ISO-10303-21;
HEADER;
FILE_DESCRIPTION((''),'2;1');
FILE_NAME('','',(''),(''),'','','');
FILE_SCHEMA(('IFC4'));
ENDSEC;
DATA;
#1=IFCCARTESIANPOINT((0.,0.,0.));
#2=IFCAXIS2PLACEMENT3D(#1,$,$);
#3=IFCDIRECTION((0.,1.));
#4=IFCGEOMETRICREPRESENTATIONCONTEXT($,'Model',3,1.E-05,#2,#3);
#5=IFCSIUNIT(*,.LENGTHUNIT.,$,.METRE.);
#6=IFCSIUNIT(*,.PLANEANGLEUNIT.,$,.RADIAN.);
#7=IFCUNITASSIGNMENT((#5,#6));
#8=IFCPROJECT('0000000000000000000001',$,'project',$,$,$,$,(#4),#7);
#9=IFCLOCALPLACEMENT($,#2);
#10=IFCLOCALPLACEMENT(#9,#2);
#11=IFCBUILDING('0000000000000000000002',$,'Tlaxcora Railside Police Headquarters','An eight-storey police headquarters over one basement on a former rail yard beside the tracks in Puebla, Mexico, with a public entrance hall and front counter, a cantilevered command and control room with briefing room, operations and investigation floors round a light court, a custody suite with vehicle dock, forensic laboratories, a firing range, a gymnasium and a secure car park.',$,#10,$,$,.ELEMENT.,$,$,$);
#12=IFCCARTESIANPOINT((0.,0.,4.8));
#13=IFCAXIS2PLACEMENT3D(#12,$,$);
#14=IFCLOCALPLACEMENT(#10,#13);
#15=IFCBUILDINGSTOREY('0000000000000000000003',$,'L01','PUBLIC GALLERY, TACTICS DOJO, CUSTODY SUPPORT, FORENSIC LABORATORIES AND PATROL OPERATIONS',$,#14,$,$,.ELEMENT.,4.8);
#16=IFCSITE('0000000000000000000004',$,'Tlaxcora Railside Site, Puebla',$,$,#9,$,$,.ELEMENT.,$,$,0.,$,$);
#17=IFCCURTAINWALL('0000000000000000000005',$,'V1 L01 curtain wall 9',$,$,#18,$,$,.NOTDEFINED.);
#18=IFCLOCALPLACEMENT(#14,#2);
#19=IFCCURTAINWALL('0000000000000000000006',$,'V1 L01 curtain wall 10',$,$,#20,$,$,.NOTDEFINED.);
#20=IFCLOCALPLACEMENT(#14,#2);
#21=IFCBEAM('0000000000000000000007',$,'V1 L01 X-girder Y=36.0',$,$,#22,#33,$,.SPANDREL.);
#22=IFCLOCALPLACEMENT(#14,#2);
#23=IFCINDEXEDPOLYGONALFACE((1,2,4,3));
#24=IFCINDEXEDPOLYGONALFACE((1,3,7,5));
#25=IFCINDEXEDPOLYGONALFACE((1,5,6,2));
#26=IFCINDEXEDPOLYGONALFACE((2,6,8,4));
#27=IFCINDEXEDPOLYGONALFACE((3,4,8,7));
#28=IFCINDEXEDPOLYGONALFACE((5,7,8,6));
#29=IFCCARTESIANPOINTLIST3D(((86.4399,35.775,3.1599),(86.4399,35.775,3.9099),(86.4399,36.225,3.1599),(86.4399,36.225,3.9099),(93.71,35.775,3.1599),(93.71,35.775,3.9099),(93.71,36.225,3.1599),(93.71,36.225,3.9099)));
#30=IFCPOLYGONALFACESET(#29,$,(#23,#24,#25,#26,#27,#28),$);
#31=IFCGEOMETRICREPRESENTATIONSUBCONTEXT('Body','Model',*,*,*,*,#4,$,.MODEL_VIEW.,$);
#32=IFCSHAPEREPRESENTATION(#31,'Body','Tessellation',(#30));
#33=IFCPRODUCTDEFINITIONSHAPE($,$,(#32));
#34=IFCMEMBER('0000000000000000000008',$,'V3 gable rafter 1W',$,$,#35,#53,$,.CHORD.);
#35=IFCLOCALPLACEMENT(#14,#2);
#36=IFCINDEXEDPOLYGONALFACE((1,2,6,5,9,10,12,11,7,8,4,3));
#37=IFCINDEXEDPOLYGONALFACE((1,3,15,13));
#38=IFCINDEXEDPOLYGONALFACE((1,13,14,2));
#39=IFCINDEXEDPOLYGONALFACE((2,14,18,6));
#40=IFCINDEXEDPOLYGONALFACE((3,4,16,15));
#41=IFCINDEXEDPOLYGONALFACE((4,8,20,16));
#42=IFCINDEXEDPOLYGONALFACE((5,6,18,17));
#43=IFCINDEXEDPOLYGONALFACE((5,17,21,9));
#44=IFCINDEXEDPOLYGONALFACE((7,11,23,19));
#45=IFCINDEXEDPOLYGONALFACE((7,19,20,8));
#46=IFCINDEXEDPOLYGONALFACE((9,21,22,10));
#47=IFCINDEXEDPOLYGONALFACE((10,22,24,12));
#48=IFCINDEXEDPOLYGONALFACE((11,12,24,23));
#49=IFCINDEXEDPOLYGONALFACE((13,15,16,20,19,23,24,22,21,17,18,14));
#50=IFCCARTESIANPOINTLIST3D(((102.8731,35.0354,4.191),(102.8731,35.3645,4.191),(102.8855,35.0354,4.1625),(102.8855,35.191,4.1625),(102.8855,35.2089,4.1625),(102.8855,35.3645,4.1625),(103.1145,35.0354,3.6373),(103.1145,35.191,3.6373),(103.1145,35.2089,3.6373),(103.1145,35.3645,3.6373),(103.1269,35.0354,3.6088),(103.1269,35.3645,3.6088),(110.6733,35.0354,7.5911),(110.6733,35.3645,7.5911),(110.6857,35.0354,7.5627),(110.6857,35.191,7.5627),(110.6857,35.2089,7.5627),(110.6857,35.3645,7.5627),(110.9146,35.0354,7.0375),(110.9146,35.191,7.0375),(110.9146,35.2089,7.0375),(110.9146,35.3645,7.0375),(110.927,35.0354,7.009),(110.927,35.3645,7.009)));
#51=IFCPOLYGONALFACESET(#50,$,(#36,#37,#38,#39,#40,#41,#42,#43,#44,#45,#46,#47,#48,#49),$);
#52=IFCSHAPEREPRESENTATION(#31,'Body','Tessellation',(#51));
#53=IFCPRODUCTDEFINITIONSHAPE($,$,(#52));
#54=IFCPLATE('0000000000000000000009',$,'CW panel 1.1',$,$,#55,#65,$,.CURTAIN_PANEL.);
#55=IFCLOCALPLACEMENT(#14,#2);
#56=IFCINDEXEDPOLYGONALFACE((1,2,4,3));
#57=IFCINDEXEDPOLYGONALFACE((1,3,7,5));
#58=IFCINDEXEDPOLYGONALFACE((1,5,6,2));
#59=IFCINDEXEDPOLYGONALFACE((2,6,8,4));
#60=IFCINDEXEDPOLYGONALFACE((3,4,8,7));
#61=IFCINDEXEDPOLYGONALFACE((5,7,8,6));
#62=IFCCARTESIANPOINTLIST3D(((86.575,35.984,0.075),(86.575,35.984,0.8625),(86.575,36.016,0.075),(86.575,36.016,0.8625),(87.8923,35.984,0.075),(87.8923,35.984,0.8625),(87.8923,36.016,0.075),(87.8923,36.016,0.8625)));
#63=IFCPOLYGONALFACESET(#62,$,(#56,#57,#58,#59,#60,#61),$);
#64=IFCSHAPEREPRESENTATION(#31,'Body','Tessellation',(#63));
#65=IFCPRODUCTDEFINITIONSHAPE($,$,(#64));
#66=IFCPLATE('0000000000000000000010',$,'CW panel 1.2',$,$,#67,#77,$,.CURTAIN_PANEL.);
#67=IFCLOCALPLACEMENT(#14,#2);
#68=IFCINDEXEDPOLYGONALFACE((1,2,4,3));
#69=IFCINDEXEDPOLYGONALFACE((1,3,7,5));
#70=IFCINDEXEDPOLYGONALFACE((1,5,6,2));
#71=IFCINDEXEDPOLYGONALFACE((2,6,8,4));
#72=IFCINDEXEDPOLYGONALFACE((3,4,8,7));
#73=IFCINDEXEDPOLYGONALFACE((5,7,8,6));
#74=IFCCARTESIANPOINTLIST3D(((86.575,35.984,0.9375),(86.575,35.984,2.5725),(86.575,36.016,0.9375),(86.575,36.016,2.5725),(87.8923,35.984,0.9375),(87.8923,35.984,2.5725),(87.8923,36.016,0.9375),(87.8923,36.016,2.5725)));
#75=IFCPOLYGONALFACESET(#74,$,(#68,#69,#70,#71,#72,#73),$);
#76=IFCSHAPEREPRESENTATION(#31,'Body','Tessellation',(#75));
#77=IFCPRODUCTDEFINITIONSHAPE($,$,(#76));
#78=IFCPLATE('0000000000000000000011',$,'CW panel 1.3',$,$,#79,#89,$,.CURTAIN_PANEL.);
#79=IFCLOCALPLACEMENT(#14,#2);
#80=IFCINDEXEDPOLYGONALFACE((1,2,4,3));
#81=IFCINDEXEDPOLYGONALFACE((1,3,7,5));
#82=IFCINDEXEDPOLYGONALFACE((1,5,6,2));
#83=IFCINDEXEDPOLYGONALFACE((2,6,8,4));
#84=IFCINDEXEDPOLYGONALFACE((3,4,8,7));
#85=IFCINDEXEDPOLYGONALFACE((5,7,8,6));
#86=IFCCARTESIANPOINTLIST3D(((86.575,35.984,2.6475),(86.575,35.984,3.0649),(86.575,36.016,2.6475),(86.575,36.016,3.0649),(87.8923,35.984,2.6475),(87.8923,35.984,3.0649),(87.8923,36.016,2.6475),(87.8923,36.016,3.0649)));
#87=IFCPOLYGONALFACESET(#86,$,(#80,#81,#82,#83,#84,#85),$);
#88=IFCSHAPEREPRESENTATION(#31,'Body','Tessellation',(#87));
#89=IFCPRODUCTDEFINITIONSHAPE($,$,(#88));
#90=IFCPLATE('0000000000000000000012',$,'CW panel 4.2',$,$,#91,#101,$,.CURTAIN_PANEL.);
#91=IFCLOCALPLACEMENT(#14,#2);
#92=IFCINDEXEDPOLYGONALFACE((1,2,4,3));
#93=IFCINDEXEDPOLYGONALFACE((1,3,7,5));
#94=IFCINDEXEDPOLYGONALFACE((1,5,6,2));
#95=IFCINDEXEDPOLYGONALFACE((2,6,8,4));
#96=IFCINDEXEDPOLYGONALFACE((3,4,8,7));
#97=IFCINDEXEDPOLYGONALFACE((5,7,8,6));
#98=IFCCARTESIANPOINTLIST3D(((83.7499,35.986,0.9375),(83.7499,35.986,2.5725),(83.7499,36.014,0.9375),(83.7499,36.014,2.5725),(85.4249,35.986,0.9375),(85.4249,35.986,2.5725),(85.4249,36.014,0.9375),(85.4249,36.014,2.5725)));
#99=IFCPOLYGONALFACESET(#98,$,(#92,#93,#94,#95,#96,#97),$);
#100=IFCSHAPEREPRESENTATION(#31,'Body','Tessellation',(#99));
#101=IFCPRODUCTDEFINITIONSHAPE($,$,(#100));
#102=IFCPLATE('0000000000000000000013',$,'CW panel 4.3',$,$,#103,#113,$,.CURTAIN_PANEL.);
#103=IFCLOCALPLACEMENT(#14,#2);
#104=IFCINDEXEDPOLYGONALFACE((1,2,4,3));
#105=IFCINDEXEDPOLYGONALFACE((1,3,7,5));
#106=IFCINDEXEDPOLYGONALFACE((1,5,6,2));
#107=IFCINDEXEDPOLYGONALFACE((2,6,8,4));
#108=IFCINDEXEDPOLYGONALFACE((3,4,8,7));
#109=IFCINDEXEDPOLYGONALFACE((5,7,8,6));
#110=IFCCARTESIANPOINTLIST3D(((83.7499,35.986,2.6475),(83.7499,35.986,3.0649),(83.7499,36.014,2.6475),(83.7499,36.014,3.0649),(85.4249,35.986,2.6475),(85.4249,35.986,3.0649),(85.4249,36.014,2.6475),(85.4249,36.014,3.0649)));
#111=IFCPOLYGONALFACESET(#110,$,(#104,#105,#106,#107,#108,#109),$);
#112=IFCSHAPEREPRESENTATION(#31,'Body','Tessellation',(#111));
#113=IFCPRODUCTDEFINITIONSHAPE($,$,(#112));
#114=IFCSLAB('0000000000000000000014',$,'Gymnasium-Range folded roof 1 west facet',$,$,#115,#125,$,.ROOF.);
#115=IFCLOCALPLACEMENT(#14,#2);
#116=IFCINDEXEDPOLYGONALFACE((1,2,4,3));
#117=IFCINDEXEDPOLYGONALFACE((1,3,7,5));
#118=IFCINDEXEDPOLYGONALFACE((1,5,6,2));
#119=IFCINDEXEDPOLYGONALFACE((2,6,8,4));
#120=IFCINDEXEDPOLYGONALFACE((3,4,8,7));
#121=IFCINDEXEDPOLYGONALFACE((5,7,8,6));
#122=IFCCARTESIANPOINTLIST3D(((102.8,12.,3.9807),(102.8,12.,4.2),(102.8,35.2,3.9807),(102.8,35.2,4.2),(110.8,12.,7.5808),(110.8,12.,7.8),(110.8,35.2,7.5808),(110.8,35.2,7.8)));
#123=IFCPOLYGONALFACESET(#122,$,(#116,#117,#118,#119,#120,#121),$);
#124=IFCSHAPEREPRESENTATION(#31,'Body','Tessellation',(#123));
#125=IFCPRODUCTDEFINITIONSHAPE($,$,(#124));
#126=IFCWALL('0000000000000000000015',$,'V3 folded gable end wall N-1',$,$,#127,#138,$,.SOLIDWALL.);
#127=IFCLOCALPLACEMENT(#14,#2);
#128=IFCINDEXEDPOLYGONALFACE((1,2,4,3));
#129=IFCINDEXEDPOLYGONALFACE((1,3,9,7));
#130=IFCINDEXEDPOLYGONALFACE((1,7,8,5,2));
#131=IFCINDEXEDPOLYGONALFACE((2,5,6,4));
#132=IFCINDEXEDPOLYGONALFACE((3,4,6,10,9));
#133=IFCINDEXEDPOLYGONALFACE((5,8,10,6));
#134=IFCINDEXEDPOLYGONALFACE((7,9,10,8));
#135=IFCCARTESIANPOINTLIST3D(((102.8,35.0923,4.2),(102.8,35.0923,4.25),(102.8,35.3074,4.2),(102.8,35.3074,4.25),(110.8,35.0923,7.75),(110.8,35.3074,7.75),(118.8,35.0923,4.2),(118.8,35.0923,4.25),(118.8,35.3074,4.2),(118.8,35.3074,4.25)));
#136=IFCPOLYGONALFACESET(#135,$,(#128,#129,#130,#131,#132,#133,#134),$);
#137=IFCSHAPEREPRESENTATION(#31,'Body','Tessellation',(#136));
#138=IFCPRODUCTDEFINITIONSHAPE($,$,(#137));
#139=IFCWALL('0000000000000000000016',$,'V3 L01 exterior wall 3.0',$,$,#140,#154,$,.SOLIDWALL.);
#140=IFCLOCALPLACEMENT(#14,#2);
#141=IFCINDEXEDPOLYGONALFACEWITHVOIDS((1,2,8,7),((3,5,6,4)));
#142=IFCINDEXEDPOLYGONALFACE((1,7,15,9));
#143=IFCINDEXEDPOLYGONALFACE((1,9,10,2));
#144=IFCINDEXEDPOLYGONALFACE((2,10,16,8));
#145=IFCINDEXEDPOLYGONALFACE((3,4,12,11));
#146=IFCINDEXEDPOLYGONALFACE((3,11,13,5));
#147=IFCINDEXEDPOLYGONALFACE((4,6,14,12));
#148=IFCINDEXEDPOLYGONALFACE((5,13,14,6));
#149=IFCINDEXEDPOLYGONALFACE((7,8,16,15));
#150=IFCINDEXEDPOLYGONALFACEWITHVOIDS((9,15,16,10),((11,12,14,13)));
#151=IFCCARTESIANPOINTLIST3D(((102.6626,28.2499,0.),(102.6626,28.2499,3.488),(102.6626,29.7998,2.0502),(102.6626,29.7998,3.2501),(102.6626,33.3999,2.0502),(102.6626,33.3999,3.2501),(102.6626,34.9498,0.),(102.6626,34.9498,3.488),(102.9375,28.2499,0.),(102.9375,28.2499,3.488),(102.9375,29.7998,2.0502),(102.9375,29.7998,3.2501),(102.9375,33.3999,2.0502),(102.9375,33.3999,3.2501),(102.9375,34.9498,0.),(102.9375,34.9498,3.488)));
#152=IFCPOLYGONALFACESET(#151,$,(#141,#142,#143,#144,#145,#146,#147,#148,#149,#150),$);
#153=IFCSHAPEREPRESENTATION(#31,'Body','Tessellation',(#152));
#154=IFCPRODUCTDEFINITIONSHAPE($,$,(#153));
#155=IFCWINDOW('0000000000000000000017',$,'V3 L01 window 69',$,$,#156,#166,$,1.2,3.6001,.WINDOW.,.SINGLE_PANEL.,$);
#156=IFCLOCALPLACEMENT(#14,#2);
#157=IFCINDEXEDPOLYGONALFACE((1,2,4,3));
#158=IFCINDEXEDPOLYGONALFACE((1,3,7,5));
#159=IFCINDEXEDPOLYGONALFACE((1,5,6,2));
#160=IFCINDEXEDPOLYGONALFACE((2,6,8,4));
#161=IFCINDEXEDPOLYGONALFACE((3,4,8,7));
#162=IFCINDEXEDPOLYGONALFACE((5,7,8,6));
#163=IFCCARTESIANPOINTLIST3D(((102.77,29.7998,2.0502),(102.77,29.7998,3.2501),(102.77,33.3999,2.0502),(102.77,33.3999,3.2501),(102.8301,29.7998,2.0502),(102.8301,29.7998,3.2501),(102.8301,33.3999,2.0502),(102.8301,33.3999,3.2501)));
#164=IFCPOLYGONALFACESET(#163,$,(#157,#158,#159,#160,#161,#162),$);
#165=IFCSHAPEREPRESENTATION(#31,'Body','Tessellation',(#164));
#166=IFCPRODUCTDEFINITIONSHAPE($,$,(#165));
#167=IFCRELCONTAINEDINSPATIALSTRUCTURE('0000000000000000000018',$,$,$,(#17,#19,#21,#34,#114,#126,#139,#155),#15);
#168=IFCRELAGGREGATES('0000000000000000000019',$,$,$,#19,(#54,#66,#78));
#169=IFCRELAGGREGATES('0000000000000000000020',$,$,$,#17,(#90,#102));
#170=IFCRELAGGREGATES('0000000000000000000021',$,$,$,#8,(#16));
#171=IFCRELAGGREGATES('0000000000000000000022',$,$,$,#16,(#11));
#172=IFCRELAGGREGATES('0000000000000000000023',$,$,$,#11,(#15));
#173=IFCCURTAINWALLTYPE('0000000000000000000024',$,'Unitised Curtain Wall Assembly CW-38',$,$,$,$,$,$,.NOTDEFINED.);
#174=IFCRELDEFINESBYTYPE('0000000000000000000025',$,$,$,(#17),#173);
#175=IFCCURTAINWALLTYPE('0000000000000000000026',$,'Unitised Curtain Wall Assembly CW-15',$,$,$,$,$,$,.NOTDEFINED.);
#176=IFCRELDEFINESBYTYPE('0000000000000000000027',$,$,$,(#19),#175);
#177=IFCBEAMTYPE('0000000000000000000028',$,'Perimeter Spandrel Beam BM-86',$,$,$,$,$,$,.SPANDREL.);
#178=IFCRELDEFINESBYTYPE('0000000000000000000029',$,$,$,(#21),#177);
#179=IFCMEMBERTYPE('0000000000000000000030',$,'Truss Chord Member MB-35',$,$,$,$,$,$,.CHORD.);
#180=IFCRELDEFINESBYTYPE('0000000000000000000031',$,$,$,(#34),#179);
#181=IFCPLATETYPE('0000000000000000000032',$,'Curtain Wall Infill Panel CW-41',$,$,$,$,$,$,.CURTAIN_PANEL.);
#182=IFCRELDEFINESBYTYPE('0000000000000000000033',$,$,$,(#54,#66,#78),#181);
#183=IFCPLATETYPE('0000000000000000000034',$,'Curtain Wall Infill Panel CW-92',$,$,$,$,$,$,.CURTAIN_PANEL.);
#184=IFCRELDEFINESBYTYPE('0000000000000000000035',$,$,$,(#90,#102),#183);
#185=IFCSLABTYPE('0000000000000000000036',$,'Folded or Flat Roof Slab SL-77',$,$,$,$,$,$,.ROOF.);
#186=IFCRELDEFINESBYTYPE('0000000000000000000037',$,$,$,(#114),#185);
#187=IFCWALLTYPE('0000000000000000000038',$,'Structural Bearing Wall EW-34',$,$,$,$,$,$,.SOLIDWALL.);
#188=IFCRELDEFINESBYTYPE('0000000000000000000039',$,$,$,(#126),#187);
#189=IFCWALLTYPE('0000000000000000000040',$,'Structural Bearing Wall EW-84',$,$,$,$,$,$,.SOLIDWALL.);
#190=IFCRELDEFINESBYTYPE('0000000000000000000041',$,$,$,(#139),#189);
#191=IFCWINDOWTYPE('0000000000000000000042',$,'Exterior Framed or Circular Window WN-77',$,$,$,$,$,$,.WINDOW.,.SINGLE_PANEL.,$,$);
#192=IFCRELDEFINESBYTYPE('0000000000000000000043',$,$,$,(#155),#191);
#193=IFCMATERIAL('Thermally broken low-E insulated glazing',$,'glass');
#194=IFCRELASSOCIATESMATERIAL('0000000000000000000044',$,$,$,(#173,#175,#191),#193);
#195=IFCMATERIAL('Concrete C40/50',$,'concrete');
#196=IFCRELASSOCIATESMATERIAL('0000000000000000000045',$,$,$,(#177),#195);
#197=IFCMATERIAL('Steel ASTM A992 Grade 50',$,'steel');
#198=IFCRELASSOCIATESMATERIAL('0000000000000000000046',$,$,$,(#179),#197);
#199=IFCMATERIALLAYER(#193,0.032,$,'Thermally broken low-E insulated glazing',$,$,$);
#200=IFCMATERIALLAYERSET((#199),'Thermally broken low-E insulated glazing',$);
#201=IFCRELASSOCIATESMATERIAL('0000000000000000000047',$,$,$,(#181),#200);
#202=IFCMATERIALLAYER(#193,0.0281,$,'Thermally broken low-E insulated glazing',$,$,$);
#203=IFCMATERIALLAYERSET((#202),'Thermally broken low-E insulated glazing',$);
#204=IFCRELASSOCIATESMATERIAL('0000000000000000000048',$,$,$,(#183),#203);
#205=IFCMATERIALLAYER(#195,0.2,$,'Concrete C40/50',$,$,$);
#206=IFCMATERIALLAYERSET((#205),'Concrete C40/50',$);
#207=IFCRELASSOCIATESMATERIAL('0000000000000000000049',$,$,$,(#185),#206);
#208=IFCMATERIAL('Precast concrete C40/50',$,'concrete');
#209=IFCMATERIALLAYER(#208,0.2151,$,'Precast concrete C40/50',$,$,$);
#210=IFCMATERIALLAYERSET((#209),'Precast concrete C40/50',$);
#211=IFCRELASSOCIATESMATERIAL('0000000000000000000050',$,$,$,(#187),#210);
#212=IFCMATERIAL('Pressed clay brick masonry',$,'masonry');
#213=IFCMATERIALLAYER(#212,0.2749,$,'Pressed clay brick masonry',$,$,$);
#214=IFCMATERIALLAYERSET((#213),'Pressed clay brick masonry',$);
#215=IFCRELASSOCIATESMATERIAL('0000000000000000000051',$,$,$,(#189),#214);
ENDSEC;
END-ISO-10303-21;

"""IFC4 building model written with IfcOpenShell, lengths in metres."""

from ifc_helpers import new_model, si_unit, direction, frame, frame_2d, origin, origin_2d, place, context, subcontext, project, spatial, polyline, rectangle, i_section, outline, extrude, material, layer, layer_set, material_profile, profile_set, type_object, element, fill, aggregate, save


model = new_model("IFC4")

# Units and contexts
model_context = context("Model", 3, precision=1e-05, world=origin(), true_north=direction((0.0, 1.0)))
body_context = subcontext(model_context, "Body", "Model", "MODEL_VIEW")
ifc_project = project(units=[si_unit("LENGTHUNIT", "METRE"), si_unit("PLANEANGLEUNIT", "RADIAN")], contexts=[model_context])

# Site, building, storey
site_placement = place(None, origin())
site = spatial("IfcSite", under=ifc_project, at=site_placement, Name="Tlaxcora Railside Site, Puebla", CompositionType="ELEMENT", RefElevation=0.0)
building_placement = place(site_placement, origin())
building = spatial("IfcBuilding", under=site, at=building_placement, Name="Tlaxcora Railside Police Headquarters", Description="An eight-storey police headquarters over one basement on a former rail yard beside the tracks in Puebla, Mexico, with a public entrance hall and front counter, a cantilevered command and control room with briefing room, operations and investigation floors round a light court, a custody suite with vehicle dock, forensic laboratories, a firing range, a gymnasium and a secure car park.", CompositionType="ELEMENT")
storey_placement = place(building_placement, frame((0.0, 0.0, 4.8)))
storey = spatial("IfcBuildingStorey", under=building, at=storey_placement, Name="L01", Description="PUBLIC GALLERY, TACTICS DOJO, CUSTODY SUPPORT, FORENSIC LABORATORIES AND PATROL OPERATIONS", CompositionType="ELEMENT", Elevation=4.8)

# Shared definitions
ifc_material_1 = material(Name="Concrete C40/50", Category="concrete")

# Curtain wall
ifc_material_2 = material(Name="Thermally broken low-E insulated glazing", Category="glass")
curtain_wall_type_1 = type_object("IfcCurtainWallType", Name="Unitised Curtain Wall Assembly CW-38", PredefinedType="NOTDEFINED", material=ifc_material_2)
curtain_wall_1_placement = place(storey_placement, origin())
curtain_wall_1 = element("IfcCurtainWall", 1, at=curtain_wall_1_placement, inside=storey, type_object=curtain_wall_type_1, Name="V1 L01 curtain wall 9", PredefinedType="NOTDEFINED")

# Curtain wall
curtain_wall_type_2 = type_object("IfcCurtainWallType", Name="Unitised Curtain Wall Assembly CW-15", PredefinedType="NOTDEFINED", material=ifc_material_2)
curtain_wall_2_placement = place(storey_placement, origin())
curtain_wall_2 = element("IfcCurtainWall", 2, at=curtain_wall_2_placement, inside=storey, type_object=curtain_wall_type_2, Name="V1 L01 curtain wall 10", PredefinedType="NOTDEFINED")

# Beam
ifc_material_3 = material(Name="Steel ASTM A992 Grade 50", Category="steel")
ifc_material_profile_1 = material_profile(ifc_material_1, rectangle(XDim=0.45, YDim=0.75, at=origin_2d()), Name="RC450X750")
ifc_profile_set_1 = profile_set([ifc_material_profile_1], Name="Concrete C40/50")
beam_type_1 = type_object("IfcBeamType", Name="Perimeter Spandrel Beam BM-86", PredefinedType="SPANDREL", material=ifc_profile_set_1)
beam_1_placement = place(storey_placement, frame((86.4399, 36.0, 3.5349), z_axis=(1.0, 0.0, 0.0), x_axis=(0.0, 1.0, 0.0)))
element("IfcBeam", 3, at=beam_1_placement, inside=storey, type_object=beam_type_1, Name="V1 L01 X-girder Y=36.0", PredefinedType="SPANDREL", context=body_context, shape_type="SweptSolid", body=[
    extrude(rectangle(XDim=0.45, YDim=0.75, at=origin_2d()), origin(), (0.0, 0.0, 1.0), 7.27),
])

# Member
ifc_material_profile_2 = material_profile(ifc_material_3, i_section(OverallWidth=0.3291, OverallDepth=0.635, WebThickness=0.0178, FlangeThickness=0.031, at=origin_2d()), Name="W24X162")
ifc_profile_set_2 = profile_set([ifc_material_profile_2], Name="Steel ASTM A992 Grade 50")
member_type_1 = type_object("IfcMemberType", Name="Truss Chord Member MB-35", PredefinedType="CHORD", material=ifc_profile_set_2)
member_1_placement = place(storey_placement, frame((103.0, 35.2, 3.8999), z_axis=(0.916691, 0.0, 0.399598), x_axis=(0.0, 1.0, 0.0)))
element("IfcMember", 4, at=member_1_placement, inside=storey, type_object=member_type_1, Name="V3 gable rafter 1W", PredefinedType="CHORD", context=body_context, shape_type="SweptSolid", body=[
    extrude(i_section(OverallWidth=0.3291, OverallDepth=0.635, WebThickness=0.0178, FlangeThickness=0.031, at=origin_2d()), origin(), (0.0, 0.0, 1.0), 8.509),
])

# Plates
ifc_layer_1 = layer(ifc_material_2, 0.032, Name="Thermally broken low-E insulated glazing")
ifc_layer_set_1 = layer_set([ifc_layer_1], Name="Thermally broken low-E insulated glazing")
plate_type_1 = type_object("IfcPlateType", Name="Curtain Wall Infill Panel CW-41", PredefinedType="CURTAIN_PANEL", material=ifc_layer_set_1)
plate_1_placement = place(storey_placement, frame((87.2336, 36.0, 0.075), z_axis=(0.0, 0.0, 1.0), x_axis=(1.0, 0.0, 0.0)))
plate_1 = element("IfcPlate", 5, at=plate_1_placement, type_object=plate_type_1, Name="CW panel 1.1", PredefinedType="CURTAIN_PANEL", context=body_context, shape_type="SweptSolid", body=[
    extrude(rectangle(XDim=1.3174, YDim=0.032, at=origin_2d()), origin(), (0.0, 0.0, 1.0), 0.7876),
])
plate_2_placement = place(storey_placement, frame((87.2336, 36.0, 0.9375), z_axis=(0.0, 0.0, 1.0), x_axis=(1.0, 0.0, 0.0)))
plate_2 = element("IfcPlate", 6, at=plate_2_placement, type_object=plate_type_1, Name="CW panel 1.2", PredefinedType="CURTAIN_PANEL", context=body_context, shape_type="SweptSolid", body=[
    extrude(rectangle(XDim=1.3174, YDim=0.032, at=origin_2d()), origin(), (0.0, 0.0, 1.0), 1.635),
])
plate_3_placement = place(storey_placement, frame((87.2336, 36.0, 2.6475), z_axis=(0.0, 0.0, 1.0), x_axis=(1.0, 0.0, 0.0)))
plate_3 = element("IfcPlate", 7, at=plate_3_placement, type_object=plate_type_1, Name="CW panel 1.3", PredefinedType="CURTAIN_PANEL", context=body_context, shape_type="SweptSolid", body=[
    extrude(rectangle(XDim=1.3174, YDim=0.032, at=origin_2d()), origin(), (0.0, 0.0, 1.0), 0.4175),
])
aggregate(curtain_wall_2, [plate_1, plate_2, plate_3])
ifc_layer_2 = layer(ifc_material_2, 0.0281, Name="Thermally broken low-E insulated glazing")
ifc_layer_set_2 = layer_set([ifc_layer_2], Name="Thermally broken low-E insulated glazing")
plate_type_2 = type_object("IfcPlateType", Name="Curtain Wall Infill Panel CW-92", PredefinedType="CURTAIN_PANEL", material=ifc_layer_set_2)
plate_4_placement = place(storey_placement, frame((84.5874, 36.0, 0.9375), z_axis=(0.0, 0.0, 1.0), x_axis=(1.0, 0.0, 0.0)))
plate_4 = element("IfcPlate", 8, at=plate_4_placement, type_object=plate_type_2, Name="CW panel 4.2", PredefinedType="CURTAIN_PANEL", context=body_context, shape_type="SweptSolid", body=[
    extrude(rectangle(XDim=1.675, YDim=0.0281, at=origin_2d()), origin(), (0.0, 0.0, 1.0), 1.635),
])
plate_5_placement = place(storey_placement, frame((84.5874, 36.0, 2.6475), z_axis=(0.0, 0.0, 1.0), x_axis=(1.0, 0.0, 0.0)))
plate_5 = element("IfcPlate", 9, at=plate_5_placement, type_object=plate_type_2, Name="CW panel 4.3", PredefinedType="CURTAIN_PANEL", context=body_context, shape_type="SweptSolid", body=[
    extrude(rectangle(XDim=1.675, YDim=0.0281, at=origin_2d()), origin(), (0.0, 0.0, 1.0), 0.4175),
])
aggregate(curtain_wall_1, [plate_4, plate_5])

# Slab
ifc_layer_3 = layer(ifc_material_1, 0.2, Name="Concrete C40/50")
ifc_layer_set_3 = layer_set([ifc_layer_3], Name="Concrete C40/50")
slab_type = type_object("IfcSlabType", Name="Folded or Flat Roof Slab SL-77", PredefinedType="ROOF", material=ifc_layer_set_3)
slab_placement = place(storey_placement, frame((102.8, 35.2, 0.0), z_axis=(0.0, -1.0, 0.0), x_axis=(1.0, 0.0, 0.0)))
element("IfcSlab", 10, at=slab_placement, inside=storey, type_object=slab_type, Name="Gymnasium-Range folded roof 1 west facet", PredefinedType="ROOF", context=body_context, shape_type="SweptSolid", body=[
    extrude(outline(polyline([(0.0, 3.9807), (8.0, 7.5808), (8.0, 7.8), (0.0, 4.2), (0.0, 3.9807)])), origin(), (0.0, 0.0, 1.0), 23.2),
])

# Wall
ifc_material_4 = material(Name="Precast concrete C40/50", Category="concrete")
ifc_layer_4 = layer(ifc_material_4, 0.2151, Name="Precast concrete C40/50")
ifc_layer_set_4 = layer_set([ifc_layer_4], Name="Precast concrete C40/50")
wall_type_1 = type_object("IfcWallType", Name="Structural Bearing Wall EW-34", PredefinedType="SOLIDWALL", material=ifc_layer_set_4)
wall_1_placement = place(storey_placement, frame((102.8, 35.2, 4.2), z_axis=(0.0, 0.0, 1.0), x_axis=(1.0, 0.0, 0.0)))
element("IfcWall", 11, at=wall_1_placement, inside=storey, type_object=wall_type_1, Name="V3 folded gable end wall N-1", PredefinedType="SOLIDWALL", context=body_context, shape_type="SweptSolid", body=[
    extrude(outline(polyline([(0.0, 0.0), (16.0, 0.0), (16.0, 0.05), (8.0, 3.55), (0.0, 0.05), (0.0, 0.0)])), frame((0.0, 0.1074, 0.0), z_axis=(0.0, -1.0, 0.0), x_axis=(1.0, 0.0, 0.0)), (0.0, 0.0, 1.0), 0.2151),
])

# Wall, opening, window
ifc_material_5 = material(Name="Pressed clay brick masonry", Category="masonry")
ifc_layer_5 = layer(ifc_material_5, 0.2749, Name="Pressed clay brick masonry")
ifc_layer_set_5 = layer_set([ifc_layer_5], Name="Pressed clay brick masonry")
wall_type_2 = type_object("IfcWallType", Name="Structural Bearing Wall EW-84", PredefinedType="SOLIDWALL", material=ifc_layer_set_5)
wall_2_placement = place(storey_placement, frame((102.8, 34.95, 0.0), z_axis=(0.0, 0.0, 1.0), x_axis=(0.0, -1.0, 0.0)))
wall_2 = element("IfcWall", 12, at=wall_2_placement, inside=storey, type_object=wall_type_2, Name="V3 L01 exterior wall 3.0", PredefinedType="SOLIDWALL", context=body_context, shape_type="SweptSolid", body=[
    extrude(rectangle(XDim=6.7, YDim=0.2749, at=frame_2d((3.3501, 0.0))), origin(), (0.0, 0.0, 1.0), 3.488),
])
opening_placement = place(wall_2_placement, frame((1.55, 0.0, 2.05)))
opening = element("IfcOpeningElement", 13, at=opening_placement, cuts=wall_2, PredefinedType="OPENING", context=body_context, shape_type="SweptSolid", body=[
    extrude(rectangle(XDim=3.6001, YDim=1.2, at=frame_2d((1.8, 0.6001))), frame((0.0, 0.1475, 0.0), z_axis=(0.0, -1.0, 0.0), x_axis=(1.0, 0.0, 0.0)), (0.0, 0.0, 1.0), 0.2949),
])
window_type = type_object("IfcWindowType", Name="Exterior Framed or Circular Window WN-77", PartitioningType="SINGLE_PANEL", PredefinedType="WINDOW", material=ifc_material_2)
window_placement = place(opening_placement, origin())
window = element("IfcWindow", 14, at=window_placement, inside=storey, type_object=window_type, Name="V3 L01 window 69", OverallHeight=1.2, OverallWidth=3.6001, PartitioningType="SINGLE_PANEL", PredefinedType="WINDOW", context=body_context, shape_type="SweptSolid", body=[
    extrude(rectangle(XDim=3.6001, YDim=1.2, at=frame_2d((1.8, 0.6001))), frame((0.0, 0.03, 0.0), z_axis=(0.0, -1.0, 0.0), x_axis=(1.0, 0.0, 0.0)), (0.0, 0.0, 1.0), 0.0601),
])
fill(opening, window)

save(model, "model.ifc")
